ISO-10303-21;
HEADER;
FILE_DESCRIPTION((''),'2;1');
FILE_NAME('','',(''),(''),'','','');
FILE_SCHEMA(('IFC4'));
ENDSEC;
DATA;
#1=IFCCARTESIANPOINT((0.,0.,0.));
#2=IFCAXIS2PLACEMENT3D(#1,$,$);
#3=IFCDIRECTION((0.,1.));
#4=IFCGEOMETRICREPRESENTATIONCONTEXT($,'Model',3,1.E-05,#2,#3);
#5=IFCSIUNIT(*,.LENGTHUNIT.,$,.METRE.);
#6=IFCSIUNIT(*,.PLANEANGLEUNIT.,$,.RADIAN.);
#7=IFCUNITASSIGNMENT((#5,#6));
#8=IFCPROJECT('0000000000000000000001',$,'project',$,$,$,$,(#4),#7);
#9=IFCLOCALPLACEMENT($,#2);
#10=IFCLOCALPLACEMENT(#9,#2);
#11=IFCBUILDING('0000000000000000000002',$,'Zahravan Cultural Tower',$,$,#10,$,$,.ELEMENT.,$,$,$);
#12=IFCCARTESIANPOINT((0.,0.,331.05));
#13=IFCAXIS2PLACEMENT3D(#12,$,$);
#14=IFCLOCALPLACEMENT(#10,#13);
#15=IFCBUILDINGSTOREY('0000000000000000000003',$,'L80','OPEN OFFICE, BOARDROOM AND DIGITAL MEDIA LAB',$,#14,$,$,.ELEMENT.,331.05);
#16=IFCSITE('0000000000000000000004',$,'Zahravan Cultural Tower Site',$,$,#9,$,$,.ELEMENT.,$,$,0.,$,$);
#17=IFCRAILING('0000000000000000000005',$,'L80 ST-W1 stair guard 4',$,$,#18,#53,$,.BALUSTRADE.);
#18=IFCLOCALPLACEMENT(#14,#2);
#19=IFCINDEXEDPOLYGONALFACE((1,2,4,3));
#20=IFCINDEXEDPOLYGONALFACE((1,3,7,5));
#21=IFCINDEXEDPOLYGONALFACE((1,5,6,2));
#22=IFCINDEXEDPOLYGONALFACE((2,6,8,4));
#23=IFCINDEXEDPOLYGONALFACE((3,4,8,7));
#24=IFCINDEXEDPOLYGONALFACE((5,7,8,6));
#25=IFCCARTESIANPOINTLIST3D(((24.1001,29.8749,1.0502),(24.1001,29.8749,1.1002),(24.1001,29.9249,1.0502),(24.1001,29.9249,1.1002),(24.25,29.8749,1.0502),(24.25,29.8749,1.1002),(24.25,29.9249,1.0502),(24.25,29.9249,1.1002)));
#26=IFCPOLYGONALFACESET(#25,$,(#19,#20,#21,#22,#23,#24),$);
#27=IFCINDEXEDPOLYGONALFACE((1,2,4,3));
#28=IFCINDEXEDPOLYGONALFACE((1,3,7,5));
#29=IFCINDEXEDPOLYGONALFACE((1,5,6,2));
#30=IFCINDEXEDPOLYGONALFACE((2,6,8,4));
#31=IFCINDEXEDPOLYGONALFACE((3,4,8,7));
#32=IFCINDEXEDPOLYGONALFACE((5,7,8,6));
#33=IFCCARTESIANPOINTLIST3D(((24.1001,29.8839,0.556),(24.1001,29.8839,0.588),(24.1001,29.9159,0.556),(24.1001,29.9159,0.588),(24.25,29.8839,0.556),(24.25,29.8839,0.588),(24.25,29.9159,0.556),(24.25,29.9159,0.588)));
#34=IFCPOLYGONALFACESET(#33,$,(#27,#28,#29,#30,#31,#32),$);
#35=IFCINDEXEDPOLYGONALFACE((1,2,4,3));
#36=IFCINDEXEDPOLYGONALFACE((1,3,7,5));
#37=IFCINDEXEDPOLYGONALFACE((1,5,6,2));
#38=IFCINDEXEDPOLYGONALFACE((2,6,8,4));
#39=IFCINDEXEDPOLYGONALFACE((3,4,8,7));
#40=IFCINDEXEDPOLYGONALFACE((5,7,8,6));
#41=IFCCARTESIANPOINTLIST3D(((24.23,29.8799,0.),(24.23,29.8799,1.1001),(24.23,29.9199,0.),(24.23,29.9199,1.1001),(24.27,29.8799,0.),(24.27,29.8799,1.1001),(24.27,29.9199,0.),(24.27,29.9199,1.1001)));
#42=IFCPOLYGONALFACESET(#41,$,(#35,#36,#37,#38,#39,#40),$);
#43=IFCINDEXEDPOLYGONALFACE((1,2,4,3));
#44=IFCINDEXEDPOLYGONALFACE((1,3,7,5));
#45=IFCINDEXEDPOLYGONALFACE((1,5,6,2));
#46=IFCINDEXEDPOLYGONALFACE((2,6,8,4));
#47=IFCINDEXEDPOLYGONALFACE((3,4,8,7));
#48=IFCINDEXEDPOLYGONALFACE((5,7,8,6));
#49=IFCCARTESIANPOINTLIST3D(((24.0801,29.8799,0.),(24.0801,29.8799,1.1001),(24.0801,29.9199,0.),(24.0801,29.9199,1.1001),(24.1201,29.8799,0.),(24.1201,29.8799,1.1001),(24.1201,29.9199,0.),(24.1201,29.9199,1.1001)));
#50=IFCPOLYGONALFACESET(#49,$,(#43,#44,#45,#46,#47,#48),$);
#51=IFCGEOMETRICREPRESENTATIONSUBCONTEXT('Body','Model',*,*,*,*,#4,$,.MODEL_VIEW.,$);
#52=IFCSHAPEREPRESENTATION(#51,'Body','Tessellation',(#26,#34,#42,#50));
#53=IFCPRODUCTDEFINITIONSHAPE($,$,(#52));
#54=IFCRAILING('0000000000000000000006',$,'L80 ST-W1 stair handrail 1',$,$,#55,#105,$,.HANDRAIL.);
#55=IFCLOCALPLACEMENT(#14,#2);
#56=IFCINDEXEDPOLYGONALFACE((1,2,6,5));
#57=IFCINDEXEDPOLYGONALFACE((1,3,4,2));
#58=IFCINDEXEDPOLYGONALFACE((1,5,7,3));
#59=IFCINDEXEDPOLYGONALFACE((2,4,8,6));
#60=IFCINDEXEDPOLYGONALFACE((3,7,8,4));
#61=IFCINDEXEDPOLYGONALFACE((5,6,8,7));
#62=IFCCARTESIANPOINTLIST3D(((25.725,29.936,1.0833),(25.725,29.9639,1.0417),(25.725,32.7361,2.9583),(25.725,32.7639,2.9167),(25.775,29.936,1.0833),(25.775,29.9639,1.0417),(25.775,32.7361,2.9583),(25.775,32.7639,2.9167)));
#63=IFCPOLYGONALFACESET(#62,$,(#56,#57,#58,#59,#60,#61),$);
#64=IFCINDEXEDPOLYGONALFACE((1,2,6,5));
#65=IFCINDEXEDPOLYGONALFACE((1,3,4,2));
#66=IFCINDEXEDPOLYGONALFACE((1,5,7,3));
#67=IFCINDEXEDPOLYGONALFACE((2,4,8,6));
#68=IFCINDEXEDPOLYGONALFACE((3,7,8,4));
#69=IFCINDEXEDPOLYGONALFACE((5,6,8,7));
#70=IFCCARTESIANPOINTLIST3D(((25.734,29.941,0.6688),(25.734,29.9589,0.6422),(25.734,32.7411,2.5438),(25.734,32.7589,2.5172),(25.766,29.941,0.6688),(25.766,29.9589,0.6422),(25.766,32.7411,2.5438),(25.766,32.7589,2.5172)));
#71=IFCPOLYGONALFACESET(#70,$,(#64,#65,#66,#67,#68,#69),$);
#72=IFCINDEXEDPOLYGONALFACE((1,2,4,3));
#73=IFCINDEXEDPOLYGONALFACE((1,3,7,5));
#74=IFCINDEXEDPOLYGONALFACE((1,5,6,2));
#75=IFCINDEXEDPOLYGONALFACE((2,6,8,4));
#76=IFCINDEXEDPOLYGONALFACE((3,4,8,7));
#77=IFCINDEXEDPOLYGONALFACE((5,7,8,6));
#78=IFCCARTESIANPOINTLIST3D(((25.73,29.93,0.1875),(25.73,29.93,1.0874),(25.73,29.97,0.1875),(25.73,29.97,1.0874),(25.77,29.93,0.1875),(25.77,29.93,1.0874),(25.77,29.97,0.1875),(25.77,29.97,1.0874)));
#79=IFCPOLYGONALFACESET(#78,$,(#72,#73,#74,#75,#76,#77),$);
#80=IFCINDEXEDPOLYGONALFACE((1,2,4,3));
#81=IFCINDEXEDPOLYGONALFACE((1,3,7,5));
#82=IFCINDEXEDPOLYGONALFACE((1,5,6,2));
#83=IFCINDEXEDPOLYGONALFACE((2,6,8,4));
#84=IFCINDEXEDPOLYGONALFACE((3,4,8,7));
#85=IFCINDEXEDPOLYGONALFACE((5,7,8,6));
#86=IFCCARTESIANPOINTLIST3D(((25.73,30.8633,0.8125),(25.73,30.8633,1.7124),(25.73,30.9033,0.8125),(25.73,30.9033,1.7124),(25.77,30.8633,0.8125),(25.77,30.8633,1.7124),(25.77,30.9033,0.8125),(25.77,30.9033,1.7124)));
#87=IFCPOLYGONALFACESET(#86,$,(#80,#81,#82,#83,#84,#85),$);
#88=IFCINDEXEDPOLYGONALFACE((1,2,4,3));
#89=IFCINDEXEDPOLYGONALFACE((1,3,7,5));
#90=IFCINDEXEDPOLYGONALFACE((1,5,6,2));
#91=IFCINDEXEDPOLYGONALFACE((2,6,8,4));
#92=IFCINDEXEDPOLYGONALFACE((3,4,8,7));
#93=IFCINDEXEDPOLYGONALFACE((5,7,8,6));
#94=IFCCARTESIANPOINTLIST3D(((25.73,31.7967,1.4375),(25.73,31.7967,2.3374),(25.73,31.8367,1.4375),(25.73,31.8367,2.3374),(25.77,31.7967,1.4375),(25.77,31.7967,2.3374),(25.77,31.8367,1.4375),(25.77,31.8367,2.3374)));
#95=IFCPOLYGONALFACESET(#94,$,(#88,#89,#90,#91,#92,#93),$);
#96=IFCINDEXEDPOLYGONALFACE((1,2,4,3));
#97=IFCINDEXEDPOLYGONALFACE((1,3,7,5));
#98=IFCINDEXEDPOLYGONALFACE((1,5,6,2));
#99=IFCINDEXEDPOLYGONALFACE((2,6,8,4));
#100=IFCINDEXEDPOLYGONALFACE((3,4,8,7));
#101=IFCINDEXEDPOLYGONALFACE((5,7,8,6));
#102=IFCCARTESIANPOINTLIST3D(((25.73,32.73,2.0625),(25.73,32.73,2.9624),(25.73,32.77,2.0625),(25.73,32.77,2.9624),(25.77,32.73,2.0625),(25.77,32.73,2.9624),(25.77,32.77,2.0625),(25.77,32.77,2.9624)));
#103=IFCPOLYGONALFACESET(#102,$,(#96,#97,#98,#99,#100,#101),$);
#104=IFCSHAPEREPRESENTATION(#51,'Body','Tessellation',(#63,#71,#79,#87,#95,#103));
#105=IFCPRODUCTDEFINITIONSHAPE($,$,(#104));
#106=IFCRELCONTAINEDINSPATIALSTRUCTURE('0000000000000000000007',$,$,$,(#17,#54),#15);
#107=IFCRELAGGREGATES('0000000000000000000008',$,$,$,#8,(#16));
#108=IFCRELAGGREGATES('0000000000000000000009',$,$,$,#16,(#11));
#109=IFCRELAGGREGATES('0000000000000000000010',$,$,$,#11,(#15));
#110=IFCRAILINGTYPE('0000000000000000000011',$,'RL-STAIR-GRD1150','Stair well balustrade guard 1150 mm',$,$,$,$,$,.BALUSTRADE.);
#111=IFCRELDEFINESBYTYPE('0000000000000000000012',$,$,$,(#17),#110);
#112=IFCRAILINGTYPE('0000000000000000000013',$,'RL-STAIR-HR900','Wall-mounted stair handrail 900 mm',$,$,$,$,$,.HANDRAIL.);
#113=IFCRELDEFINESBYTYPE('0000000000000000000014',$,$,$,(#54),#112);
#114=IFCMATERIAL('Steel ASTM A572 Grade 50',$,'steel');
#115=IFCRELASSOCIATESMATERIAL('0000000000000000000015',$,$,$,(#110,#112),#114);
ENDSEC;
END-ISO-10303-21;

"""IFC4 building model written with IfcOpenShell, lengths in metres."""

from ifc_helpers import new_model, si_unit, direction, frame, origin, origin_2d, place, context, subcontext, project, spatial, rectangle, extrude, material, type_object, element, save


model = new_model("IFC4")

# Units and contexts
model_context = context("Model", 3, precision=1e-05, world=origin(), true_north=direction((0.0, 1.0)))
body_context = subcontext(model_context, "Body", "Model", "MODEL_VIEW")
ifc_project = project(units=[si_unit("LENGTHUNIT", "METRE"), si_unit("PLANEANGLEUNIT", "RADIAN")], contexts=[model_context])

# Site, building, storey
site_placement = place(None, origin())
site = spatial("IfcSite", under=ifc_project, at=site_placement, Name="Zahravan Cultural Tower Site", CompositionType="ELEMENT", RefElevation=0.0)
building_placement = place(site_placement, origin())
building = spatial("IfcBuilding", under=site, at=building_placement, Name="Zahravan Cultural Tower", CompositionType="ELEMENT")
storey_placement = place(building_placement, frame((0.0, 0.0, 331.05)))
storey = spatial("IfcBuildingStorey", under=building, at=storey_placement, Name="L80", Description="OPEN OFFICE, BOARDROOM AND DIGITAL MEDIA LAB", CompositionType="ELEMENT", Elevation=331.05)

# Shared definitions
ifc_material_1 = material(Name="Steel ASTM A572 Grade 50", Category="steel")

# Railings
railing_type_1 = type_object("IfcRailingType", Name="RL-STAIR-GRD1150", Description="Stair well balustrade guard 1150 mm", PredefinedType="BALUSTRADE", material=ifc_material_1)
railing_1_placement = place(storey_placement, frame((24.25, 29.8999, 0.0)))
element("IfcRailing", 1, at=railing_1_placement, inside=storey, type_object=railing_type_1, Name="L80 ST-W1 stair guard 4", PredefinedType="BALUSTRADE", context=body_context, shape_type="SweptSolid", body=[
    extrude(rectangle(XDim=0.05, YDim=0.05, at=origin_2d()), frame((0.0, 0.0, 1.0752), z_axis=(-1.0, 0.0, 0.0), x_axis=(0.0, -1.0, 0.0)), (0.0, 0.0, 1.0), 0.1499),
    extrude(rectangle(XDim=0.032, YDim=0.032, at=origin_2d()), frame((0.0, 0.0, 0.572), z_axis=(-1.0, 0.0, 0.0), x_axis=(0.0, -1.0, 0.0)), (0.0, 0.0, 1.0), 0.1499),
    extrude(rectangle(XDim=0.04, YDim=0.04, at=origin_2d()), origin(), (0.0, 0.0, 1.0), 1.1001),
    extrude(rectangle(XDim=0.04, YDim=0.04, at=origin_2d()), frame((-0.1499, 0.0, 0.0)), (0.0, 0.0, 1.0), 1.1001),
])
railing_type_2 = type_object("IfcRailingType", Name="RL-STAIR-HR900", Description="Wall-mounted stair handrail 900 mm", PredefinedType="HANDRAIL", material=ifc_material_1)
railing_2_placement = place(storey_placement, frame((25.75, 29.95, 0.1875)))
element("IfcRailing", 2, at=railing_2_placement, inside=storey, type_object=railing_type_2, Name="L80 ST-W1 stair handrail 1", PredefinedType="HANDRAIL", context=body_context, shape_type="SweptSolid", body=[
    extrude(rectangle(XDim=0.05, YDim=0.05, at=origin_2d()), frame((0.0, 0.0, 0.875), z_axis=(0.0, 0.830912, 0.556404), x_axis=(-1.0, 0.0, 0.0)), (0.0, 0.0, 1.0), 3.3699),
    extrude(rectangle(XDim=0.032, YDim=0.032, at=origin_2d()), frame((0.0, 0.0, 0.468), z_axis=(0.0, 0.830912, 0.556404), x_axis=(-1.0, 0.0, 0.0)), (0.0, 0.0, 1.0), 3.3699),
    extrude(rectangle(XDim=0.04, YDim=0.04, at=origin_2d()), origin(), (0.0, 0.0, 1.0), 0.8999),
    extrude(rectangle(XDim=0.04, YDim=0.04, at=origin_2d()), frame((0.0, 0.9333, 0.625)), (0.0, 0.0, 1.0), 0.8999),
    extrude(rectangle(XDim=0.04, YDim=0.04, at=origin_2d()), frame((0.0, 1.8667, 1.25)), (0.0, 0.0, 1.0), 0.8999),
    extrude(rectangle(XDim=0.04, YDim=0.04, at=origin_2d()), frame((0.0, 2.8, 1.875)), (0.0, 0.0, 1.0), 0.8999),
])

save(model, "model.ifc")
